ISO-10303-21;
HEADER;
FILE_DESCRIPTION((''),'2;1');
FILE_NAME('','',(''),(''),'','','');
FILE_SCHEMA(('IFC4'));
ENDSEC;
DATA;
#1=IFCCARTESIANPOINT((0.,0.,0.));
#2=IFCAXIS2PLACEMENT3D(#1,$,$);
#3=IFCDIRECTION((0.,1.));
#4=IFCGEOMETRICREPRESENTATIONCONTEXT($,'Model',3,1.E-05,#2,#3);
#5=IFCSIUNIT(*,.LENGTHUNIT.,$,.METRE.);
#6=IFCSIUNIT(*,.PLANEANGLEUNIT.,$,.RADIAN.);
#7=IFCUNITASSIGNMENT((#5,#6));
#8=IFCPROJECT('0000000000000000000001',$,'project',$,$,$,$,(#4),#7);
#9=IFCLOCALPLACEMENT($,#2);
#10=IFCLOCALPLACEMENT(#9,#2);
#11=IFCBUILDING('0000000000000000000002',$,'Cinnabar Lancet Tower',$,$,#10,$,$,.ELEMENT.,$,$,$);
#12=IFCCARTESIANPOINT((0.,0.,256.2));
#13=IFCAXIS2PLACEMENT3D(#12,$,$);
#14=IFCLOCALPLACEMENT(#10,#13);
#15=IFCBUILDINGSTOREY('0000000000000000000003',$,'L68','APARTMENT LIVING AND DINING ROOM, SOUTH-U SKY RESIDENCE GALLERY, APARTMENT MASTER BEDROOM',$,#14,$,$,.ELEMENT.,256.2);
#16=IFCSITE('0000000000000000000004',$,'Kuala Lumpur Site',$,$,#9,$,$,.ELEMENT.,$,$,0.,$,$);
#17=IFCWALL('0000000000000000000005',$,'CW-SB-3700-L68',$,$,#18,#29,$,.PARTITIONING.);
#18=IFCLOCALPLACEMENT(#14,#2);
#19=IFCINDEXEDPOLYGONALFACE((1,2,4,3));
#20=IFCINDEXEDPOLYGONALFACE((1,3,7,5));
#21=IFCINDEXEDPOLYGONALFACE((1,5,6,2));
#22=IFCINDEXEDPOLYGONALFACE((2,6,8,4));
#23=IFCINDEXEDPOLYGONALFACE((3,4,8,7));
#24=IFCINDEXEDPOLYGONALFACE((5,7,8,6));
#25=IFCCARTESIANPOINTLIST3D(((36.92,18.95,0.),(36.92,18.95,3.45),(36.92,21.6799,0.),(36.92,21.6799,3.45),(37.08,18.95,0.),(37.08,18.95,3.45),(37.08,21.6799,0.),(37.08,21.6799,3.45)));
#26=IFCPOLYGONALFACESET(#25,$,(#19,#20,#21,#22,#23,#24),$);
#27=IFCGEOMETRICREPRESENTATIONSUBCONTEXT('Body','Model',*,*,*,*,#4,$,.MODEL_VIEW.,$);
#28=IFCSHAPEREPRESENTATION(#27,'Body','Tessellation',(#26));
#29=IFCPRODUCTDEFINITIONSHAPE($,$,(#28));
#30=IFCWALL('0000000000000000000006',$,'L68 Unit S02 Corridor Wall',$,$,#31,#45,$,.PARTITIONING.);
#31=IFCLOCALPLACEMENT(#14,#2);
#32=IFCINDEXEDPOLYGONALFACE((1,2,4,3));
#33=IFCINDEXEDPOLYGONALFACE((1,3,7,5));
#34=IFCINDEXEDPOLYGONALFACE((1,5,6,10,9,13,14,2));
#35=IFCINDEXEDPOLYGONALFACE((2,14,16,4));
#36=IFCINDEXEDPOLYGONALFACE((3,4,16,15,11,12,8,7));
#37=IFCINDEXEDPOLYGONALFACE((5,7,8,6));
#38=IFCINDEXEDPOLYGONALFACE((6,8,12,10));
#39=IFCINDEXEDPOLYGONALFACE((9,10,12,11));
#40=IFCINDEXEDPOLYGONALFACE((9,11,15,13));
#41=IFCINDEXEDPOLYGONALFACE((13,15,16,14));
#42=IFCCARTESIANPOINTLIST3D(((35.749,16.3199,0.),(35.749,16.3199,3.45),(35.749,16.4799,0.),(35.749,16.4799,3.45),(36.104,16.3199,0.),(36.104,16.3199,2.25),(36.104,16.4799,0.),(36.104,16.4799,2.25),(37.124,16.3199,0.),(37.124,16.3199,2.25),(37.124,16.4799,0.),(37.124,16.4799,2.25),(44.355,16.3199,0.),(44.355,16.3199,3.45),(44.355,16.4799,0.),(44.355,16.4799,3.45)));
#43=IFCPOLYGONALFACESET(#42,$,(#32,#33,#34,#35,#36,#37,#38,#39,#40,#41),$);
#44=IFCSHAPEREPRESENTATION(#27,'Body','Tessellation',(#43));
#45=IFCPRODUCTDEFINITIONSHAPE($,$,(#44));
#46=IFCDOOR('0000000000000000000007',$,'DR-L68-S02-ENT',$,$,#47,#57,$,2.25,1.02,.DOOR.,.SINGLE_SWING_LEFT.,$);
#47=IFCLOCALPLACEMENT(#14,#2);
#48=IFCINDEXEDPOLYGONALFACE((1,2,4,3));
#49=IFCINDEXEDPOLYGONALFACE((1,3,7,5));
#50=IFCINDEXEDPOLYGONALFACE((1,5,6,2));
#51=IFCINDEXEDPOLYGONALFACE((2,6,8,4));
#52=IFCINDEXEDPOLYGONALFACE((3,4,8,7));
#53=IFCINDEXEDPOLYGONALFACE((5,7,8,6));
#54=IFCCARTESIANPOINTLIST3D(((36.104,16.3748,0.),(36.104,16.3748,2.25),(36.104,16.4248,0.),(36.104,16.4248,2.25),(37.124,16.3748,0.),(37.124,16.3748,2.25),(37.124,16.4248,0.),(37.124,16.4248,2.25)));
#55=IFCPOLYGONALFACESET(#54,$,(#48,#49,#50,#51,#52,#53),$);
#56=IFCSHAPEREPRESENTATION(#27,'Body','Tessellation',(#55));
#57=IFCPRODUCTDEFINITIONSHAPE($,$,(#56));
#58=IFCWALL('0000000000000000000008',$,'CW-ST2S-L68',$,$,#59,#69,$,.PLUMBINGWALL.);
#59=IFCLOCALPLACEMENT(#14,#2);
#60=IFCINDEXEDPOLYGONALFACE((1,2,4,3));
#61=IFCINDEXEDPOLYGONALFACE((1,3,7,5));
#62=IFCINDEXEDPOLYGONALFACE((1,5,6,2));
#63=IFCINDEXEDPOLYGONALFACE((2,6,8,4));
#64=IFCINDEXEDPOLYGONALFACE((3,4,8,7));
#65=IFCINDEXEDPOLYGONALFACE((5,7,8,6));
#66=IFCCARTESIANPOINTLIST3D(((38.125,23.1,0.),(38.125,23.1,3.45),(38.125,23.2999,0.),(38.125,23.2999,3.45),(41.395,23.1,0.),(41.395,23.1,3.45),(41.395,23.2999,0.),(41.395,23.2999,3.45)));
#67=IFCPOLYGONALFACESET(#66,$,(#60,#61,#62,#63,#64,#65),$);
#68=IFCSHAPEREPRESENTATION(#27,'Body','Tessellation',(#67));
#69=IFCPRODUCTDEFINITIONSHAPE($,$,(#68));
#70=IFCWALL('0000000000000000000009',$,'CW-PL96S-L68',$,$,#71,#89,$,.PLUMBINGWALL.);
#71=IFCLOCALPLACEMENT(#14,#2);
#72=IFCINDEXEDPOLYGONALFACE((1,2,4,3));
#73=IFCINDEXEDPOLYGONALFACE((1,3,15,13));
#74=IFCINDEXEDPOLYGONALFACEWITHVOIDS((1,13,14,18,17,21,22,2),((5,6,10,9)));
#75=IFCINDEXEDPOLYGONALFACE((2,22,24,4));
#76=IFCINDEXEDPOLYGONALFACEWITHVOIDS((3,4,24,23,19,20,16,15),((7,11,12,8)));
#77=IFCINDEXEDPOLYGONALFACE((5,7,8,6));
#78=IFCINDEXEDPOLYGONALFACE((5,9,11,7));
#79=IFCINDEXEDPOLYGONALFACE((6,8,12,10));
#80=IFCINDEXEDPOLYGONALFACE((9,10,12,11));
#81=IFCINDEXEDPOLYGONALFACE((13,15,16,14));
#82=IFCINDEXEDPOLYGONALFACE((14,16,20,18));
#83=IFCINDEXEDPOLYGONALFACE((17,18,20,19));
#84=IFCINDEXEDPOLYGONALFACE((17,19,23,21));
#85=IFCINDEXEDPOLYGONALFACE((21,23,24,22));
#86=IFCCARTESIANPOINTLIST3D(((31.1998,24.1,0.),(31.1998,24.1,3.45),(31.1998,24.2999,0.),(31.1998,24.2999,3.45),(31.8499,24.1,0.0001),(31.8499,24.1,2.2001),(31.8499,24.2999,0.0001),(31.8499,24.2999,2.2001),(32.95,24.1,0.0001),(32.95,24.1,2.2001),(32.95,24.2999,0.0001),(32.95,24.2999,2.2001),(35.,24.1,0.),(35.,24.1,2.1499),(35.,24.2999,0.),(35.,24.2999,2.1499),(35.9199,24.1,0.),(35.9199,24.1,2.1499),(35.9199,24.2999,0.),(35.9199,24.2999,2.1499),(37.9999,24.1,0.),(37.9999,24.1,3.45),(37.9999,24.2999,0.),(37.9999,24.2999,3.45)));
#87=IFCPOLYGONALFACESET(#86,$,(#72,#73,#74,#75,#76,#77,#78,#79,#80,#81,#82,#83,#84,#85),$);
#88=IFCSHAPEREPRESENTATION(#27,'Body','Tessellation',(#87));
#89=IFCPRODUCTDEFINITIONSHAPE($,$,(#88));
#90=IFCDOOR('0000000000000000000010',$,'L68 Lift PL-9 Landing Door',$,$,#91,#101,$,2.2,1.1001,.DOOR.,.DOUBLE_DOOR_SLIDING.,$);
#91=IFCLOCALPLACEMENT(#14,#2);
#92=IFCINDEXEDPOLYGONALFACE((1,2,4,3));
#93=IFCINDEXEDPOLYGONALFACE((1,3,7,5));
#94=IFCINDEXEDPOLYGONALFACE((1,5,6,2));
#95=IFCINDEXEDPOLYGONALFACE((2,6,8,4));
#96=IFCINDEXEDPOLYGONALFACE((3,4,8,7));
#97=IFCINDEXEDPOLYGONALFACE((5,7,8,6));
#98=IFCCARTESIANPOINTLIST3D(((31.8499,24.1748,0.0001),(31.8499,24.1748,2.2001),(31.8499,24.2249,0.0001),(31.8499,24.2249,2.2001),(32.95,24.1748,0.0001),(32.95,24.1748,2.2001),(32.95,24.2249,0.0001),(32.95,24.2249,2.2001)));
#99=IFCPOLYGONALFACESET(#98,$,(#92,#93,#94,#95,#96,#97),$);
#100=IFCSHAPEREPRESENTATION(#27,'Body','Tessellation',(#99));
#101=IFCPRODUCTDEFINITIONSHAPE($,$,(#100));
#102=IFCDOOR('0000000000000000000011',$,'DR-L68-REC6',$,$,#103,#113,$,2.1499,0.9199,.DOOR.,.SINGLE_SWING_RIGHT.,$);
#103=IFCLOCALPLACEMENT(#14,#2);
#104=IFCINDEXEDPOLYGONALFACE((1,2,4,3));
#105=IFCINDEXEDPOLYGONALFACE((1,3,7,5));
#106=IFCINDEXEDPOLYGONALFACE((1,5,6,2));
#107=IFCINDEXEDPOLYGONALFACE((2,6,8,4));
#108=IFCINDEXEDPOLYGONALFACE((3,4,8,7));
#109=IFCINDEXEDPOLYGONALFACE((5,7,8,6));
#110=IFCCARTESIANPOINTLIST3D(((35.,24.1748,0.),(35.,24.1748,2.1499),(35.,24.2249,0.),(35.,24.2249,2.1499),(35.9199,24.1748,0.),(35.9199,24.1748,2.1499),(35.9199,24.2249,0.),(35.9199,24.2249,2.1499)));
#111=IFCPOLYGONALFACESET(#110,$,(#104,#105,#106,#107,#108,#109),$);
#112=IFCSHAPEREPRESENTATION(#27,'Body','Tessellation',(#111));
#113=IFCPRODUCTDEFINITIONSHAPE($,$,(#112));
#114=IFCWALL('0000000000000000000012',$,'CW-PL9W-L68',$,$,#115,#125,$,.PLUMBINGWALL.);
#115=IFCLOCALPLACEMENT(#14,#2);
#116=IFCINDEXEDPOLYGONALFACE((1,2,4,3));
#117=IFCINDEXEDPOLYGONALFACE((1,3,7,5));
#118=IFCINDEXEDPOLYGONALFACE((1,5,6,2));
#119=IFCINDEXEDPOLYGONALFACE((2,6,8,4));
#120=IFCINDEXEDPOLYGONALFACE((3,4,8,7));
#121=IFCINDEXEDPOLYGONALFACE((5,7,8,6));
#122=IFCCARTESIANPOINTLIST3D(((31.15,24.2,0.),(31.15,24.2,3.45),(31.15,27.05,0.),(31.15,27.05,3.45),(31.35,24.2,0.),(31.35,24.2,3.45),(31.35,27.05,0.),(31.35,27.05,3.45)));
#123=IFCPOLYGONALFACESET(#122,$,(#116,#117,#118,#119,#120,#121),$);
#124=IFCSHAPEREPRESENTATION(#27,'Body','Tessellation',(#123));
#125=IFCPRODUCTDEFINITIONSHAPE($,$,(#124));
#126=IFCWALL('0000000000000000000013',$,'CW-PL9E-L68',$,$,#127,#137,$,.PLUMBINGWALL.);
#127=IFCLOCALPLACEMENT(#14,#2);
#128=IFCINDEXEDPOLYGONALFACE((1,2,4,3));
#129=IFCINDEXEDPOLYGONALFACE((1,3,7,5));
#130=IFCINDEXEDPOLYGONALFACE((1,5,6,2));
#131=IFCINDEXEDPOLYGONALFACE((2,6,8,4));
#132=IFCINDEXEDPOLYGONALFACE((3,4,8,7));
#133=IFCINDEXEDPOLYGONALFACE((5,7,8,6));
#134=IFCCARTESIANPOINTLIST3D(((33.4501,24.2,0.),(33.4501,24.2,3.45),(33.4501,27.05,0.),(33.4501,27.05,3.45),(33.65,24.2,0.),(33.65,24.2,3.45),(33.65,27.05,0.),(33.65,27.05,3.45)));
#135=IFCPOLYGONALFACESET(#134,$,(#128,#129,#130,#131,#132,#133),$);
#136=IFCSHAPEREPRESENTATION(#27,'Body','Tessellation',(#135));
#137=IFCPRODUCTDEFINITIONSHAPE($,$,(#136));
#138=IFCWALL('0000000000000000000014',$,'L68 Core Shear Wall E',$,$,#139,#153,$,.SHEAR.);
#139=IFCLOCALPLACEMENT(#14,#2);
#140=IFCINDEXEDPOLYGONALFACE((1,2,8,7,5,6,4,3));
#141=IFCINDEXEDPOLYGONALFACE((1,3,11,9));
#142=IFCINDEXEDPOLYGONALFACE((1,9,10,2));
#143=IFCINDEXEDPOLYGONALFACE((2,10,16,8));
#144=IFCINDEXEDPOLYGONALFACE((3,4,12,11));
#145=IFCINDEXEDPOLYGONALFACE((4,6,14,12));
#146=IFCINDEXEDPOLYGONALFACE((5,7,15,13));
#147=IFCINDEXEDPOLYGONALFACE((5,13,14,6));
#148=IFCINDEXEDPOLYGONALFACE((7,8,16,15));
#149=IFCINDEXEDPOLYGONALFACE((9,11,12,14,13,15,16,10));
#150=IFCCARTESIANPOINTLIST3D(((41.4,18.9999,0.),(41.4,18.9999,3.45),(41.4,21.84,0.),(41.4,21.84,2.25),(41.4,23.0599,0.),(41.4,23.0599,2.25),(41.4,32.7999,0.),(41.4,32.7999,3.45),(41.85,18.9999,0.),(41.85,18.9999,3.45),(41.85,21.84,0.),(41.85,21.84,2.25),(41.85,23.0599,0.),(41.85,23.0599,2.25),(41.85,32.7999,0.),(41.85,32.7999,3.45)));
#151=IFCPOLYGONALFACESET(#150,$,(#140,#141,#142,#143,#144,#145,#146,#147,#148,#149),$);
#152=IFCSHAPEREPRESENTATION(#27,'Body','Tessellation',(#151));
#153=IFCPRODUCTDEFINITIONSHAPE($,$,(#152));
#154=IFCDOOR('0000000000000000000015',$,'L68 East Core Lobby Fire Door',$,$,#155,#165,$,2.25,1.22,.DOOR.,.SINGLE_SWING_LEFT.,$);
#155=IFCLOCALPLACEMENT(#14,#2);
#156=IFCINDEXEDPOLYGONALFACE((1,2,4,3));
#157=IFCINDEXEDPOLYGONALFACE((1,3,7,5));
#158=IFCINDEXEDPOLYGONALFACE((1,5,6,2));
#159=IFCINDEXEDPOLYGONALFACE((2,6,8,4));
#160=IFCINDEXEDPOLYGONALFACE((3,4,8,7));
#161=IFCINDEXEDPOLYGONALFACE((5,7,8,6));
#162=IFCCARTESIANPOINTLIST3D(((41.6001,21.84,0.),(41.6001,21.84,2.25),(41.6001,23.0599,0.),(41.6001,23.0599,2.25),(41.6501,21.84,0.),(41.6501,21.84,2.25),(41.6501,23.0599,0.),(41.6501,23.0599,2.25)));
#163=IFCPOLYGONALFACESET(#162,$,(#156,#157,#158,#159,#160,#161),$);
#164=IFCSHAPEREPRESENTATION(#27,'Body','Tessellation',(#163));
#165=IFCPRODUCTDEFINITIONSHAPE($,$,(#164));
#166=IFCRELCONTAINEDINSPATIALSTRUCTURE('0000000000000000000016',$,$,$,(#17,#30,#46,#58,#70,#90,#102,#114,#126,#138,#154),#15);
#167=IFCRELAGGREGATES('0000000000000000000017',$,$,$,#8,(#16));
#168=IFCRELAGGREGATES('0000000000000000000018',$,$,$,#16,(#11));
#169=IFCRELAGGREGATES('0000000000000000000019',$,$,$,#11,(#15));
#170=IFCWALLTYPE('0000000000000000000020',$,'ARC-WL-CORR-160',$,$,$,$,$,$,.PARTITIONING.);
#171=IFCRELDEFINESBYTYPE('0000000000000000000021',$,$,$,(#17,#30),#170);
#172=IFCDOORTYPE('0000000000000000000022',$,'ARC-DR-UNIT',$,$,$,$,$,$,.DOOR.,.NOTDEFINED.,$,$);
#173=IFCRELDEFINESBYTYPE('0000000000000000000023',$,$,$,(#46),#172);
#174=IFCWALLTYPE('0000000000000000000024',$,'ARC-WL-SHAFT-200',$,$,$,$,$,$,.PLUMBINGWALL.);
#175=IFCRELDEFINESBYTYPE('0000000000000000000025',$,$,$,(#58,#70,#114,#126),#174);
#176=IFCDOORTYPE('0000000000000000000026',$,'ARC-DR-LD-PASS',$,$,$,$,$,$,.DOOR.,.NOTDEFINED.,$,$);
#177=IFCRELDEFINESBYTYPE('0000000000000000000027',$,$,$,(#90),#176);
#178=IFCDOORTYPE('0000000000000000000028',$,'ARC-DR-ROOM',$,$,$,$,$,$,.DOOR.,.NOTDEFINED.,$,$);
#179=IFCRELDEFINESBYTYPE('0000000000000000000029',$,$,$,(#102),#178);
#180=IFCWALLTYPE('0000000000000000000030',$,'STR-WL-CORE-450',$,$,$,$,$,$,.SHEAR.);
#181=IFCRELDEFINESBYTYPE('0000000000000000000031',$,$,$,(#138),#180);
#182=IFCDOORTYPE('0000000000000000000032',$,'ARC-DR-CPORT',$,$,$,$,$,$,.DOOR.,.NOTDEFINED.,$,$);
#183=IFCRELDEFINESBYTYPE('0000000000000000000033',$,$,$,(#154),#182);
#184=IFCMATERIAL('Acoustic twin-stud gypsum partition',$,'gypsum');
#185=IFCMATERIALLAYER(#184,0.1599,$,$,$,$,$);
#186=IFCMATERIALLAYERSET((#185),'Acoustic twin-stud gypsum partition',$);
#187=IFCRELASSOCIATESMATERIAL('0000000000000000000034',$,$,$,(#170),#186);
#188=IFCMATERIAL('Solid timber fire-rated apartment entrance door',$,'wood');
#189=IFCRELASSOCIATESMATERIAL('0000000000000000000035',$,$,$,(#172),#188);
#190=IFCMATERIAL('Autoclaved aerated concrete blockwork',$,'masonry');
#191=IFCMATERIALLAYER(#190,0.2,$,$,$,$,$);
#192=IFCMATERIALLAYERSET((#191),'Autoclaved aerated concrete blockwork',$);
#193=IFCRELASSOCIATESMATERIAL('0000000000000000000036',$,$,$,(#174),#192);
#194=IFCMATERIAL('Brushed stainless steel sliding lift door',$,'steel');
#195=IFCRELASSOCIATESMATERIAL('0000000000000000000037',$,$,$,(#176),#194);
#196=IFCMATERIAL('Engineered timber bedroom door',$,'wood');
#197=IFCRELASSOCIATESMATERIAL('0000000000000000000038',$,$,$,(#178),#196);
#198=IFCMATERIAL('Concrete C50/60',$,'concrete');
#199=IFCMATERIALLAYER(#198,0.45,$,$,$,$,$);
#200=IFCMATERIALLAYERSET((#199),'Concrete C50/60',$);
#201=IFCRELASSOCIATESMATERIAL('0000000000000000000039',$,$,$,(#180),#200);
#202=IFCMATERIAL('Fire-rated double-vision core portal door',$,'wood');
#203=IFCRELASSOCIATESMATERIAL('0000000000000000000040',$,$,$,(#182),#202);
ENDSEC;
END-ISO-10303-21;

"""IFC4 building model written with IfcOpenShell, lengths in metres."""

from ifc_helpers import new_model, si_unit, direction, frame, frame_2d, origin, place, context, subcontext, project, spatial, rectangle, extrude, material, layer, layer_set, type_object, element, fill, save


model = new_model("IFC4")

# Units and contexts
model_context = context("Model", 3, precision=1e-05, world=origin(), true_north=direction((0.0, 1.0)))
body_context = subcontext(model_context, "Body", "Model", "MODEL_VIEW")
ifc_project = project(units=[si_unit("LENGTHUNIT", "METRE"), si_unit("PLANEANGLEUNIT", "RADIAN")], contexts=[model_context])

# Site, building, storey
site_placement = place(None, origin())
site = spatial("IfcSite", under=ifc_project, at=site_placement, Name="Kuala Lumpur Site", CompositionType="ELEMENT", RefElevation=0.0)
building_placement = place(site_placement, origin())
building = spatial("IfcBuilding", under=site, at=building_placement, Name="Cinnabar Lancet Tower", CompositionType="ELEMENT")
storey_placement = place(building_placement, frame((0.0, 0.0, 256.2)))
storey = spatial("IfcBuildingStorey", under=building, at=storey_placement, Name="L68", Description="APARTMENT LIVING AND DINING ROOM, SOUTH-U SKY RESIDENCE GALLERY, APARTMENT MASTER BEDROOM", CompositionType="ELEMENT", Elevation=256.2)

# Shared definitions
ifc_material_1 = material(Name="Acoustic twin-stud gypsum partition", Category="gypsum")
ifc_layer_1 = layer(ifc_material_1, 0.1599)
ifc_layer_set_1 = layer_set([ifc_layer_1], Name="Acoustic twin-stud gypsum partition")
wall_type_1 = type_object("IfcWallType", Name="ARC-WL-CORR-160", PredefinedType="PARTITIONING", material=ifc_layer_set_1)

# Wall
for number, where, z_axis, x_axis, name in (
    (1, (37.0, 18.95, 0.0), (0.0, 0.0, 1.0), (0.0, 1.0, 0.0), "CW-SB-3700-L68"),
):
    element("IfcWall", number, at=place(storey_placement, frame(where, z_axis=z_axis, x_axis=x_axis)), inside=storey, type_object=wall_type_1, Name=name, PredefinedType="PARTITIONING", context=body_context, shape_type="SweptSolid", body=[
        extrude(rectangle(XDim=2.73, YDim=0.1599, at=frame_2d((1.365, 0.0))), origin(), (0.0, 0.0, 1.0), 3.45),
    ])

# Wall, opening, door
wall_1_placement = place(storey_placement, frame((35.749, 16.3999, 0.0), z_axis=(0.0, 0.0, 1.0), x_axis=(1.0, 0.0, 0.0)))
wall_1 = element("IfcWall", 2, at=wall_1_placement, inside=storey, type_object=wall_type_1, Name="L68 Unit S02 Corridor Wall", PredefinedType="PARTITIONING", context=body_context, shape_type="SweptSolid", body=[
    extrude(rectangle(XDim=8.606, YDim=0.1599, at=frame_2d((4.303, 0.0))), origin(), (0.0, 0.0, 1.0), 3.45),
])
opening_1_placement = place(wall_1_placement, frame((0.355, 0.0, 0.0)))
opening_1 = element("IfcOpeningElement", 3, at=opening_1_placement, cuts=wall_1, PredefinedType="OPENING", context=body_context, shape_type="SweptSolid", body=[
    extrude(rectangle(XDim=1.02, YDim=2.25, at=frame_2d((0.51, 1.125))), frame((0.0, 0.0898, 0.0), z_axis=(0.0, -1.0, 0.0), x_axis=(1.0, 0.0, 0.0)), (0.0, 0.0, 1.0), 0.1799),
])
ifc_material_2 = material(Name="Solid timber fire-rated apartment entrance door", Category="wood")
door_type_1 = type_object("IfcDoorType", Name="ARC-DR-UNIT", OperationType="NOTDEFINED", PredefinedType="DOOR", material=ifc_material_2)
door_1_placement = place(opening_1_placement, origin())
door_1 = element("IfcDoor", 4, at=door_1_placement, inside=storey, type_object=door_type_1, Name="DR-L68-S02-ENT", OperationType="SINGLE_SWING_LEFT", OverallHeight=2.25, OverallWidth=1.02, PredefinedType="DOOR", context=body_context, shape_type="SweptSolid", body=[
    extrude(rectangle(XDim=1.02, YDim=2.25, at=frame_2d((0.51, 1.125))), frame((0.0, 0.0249, 0.0), z_axis=(0.0, -1.0, 0.0), x_axis=(1.0, 0.0, 0.0)), (0.0, 0.0, 1.0), 0.05),
])
fill(opening_1, door_1)

# Wall
ifc_material_3 = material(Name="Autoclaved aerated concrete blockwork", Category="masonry")
ifc_layer_2 = layer(ifc_material_3, 0.2)
ifc_layer_set_2 = layer_set([ifc_layer_2], Name="Autoclaved aerated concrete blockwork")
wall_type_2 = type_object("IfcWallType", Name="ARC-WL-SHAFT-200", PredefinedType="PLUMBINGWALL", material=ifc_layer_set_2)
wall_2_placement = place(storey_placement, frame((38.125, 23.2, 0.0), z_axis=(0.0, 0.0, 1.0), x_axis=(1.0, 0.0, 0.0)))
element("IfcWall", 5, at=wall_2_placement, inside=storey, type_object=wall_type_2, Name="CW-ST2S-L68", PredefinedType="PLUMBINGWALL", context=body_context, shape_type="SweptSolid", body=[
    extrude(rectangle(XDim=3.27, YDim=0.2, at=frame_2d((1.635, 0.0))), origin(), (0.0, 0.0, 1.0), 3.45),
])

# Wall, openings, doors
wall_3_placement = place(storey_placement, frame((31.2, 24.2, 0.0), z_axis=(0.0, 0.0, 1.0), x_axis=(1.0, 0.0, 0.0)))
wall_3 = element("IfcWall", 6, at=wall_3_placement, inside=storey, type_object=wall_type_2, Name="CW-PL96S-L68", PredefinedType="PLUMBINGWALL", context=body_context, shape_type="SweptSolid", body=[
    extrude(rectangle(XDim=6.8, YDim=0.2, at=frame_2d((3.3999, 0.0))), origin(), (0.0, 0.0, 1.0), 3.45),
])
opening_2_placement = place(wall_3_placement, frame((0.6499, 0.0, 0.0)))
opening_2 = element("IfcOpeningElement", 7, at=opening_2_placement, cuts=wall_3, PredefinedType="OPENING", context=body_context, shape_type="SweptSolid", body=[
    extrude(rectangle(XDim=1.1001, YDim=2.2, at=frame_2d((0.55, 1.1001))), frame((0.0, 0.1099, 0.0), z_axis=(0.0, -1.0, 0.0), x_axis=(1.0, 0.0, 0.0)), (0.0, 0.0, 1.0), 0.22),
])
opening_3_placement = place(wall_3_placement, frame((3.8, 0.0, 0.0)))
opening_3 = element("IfcOpeningElement", 8, at=opening_3_placement, cuts=wall_3, PredefinedType="OPENING", context=body_context, shape_type="SweptSolid", body=[
    extrude(rectangle(XDim=0.9199, YDim=2.1499, at=frame_2d((0.46, 1.075))), frame((0.0, 0.1099, 0.0), z_axis=(0.0, -1.0, 0.0), x_axis=(1.0, 0.0, 0.0)), (0.0, 0.0, 1.0), 0.22),
])
ifc_material_4 = material(Name="Brushed stainless steel sliding lift door", Category="steel")
door_type_2 = type_object("IfcDoorType", Name="ARC-DR-LD-PASS", OperationType="NOTDEFINED", PredefinedType="DOOR", material=ifc_material_4)
door_2_placement = place(opening_2_placement, origin())
door_2 = element("IfcDoor", 9, at=door_2_placement, inside=storey, type_object=door_type_2, Name="L68 Lift PL-9 Landing Door", OperationType="DOUBLE_DOOR_SLIDING", OverallHeight=2.2, OverallWidth=1.1001, PredefinedType="DOOR", context=body_context, shape_type="SweptSolid", body=[
    extrude(rectangle(XDim=1.1001, YDim=2.2, at=frame_2d((0.55, 1.1001))), frame((0.0, 0.0249, 0.0), z_axis=(0.0, -1.0, 0.0), x_axis=(1.0, 0.0, 0.0)), (0.0, 0.0, 1.0), 0.05),
])
fill(opening_2, door_2)
ifc_material_5 = material(Name="Engineered timber bedroom door", Category="wood")
door_type_3 = type_object("IfcDoorType", Name="ARC-DR-ROOM", OperationType="NOTDEFINED", PredefinedType="DOOR", material=ifc_material_5)
door_3_placement = place(opening_3_placement, origin())
door_3 = element("IfcDoor", 10, at=door_3_placement, inside=storey, type_object=door_type_3, Name="DR-L68-REC6", OperationType="SINGLE_SWING_RIGHT", OverallHeight=2.1499, OverallWidth=0.9199, PredefinedType="DOOR", context=body_context, shape_type="SweptSolid", body=[
    extrude(rectangle(XDim=0.9199, YDim=2.1499, at=frame_2d((0.46, 1.075))), frame((0.0, 0.0249, 0.0), z_axis=(0.0, -1.0, 0.0), x_axis=(1.0, 0.0, 0.0)), (0.0, 0.0, 1.0), 0.05),
])
fill(opening_3, door_3)

# Walls
for number, where, z_axis, x_axis, name in (
    (11, (31.25, 24.2, 0.0), (0.0, 0.0, 1.0), (0.0, 1.0, 0.0), "CW-PL9W-L68"),
    (12, (33.55, 24.2, 0.0), (0.0, 0.0, 1.0), (0.0, 1.0, 0.0), "CW-PL9E-L68"),
):
    element("IfcWall", number, at=place(storey_placement, frame(where, z_axis=z_axis, x_axis=x_axis)), inside=storey, type_object=wall_type_2, Name=name, PredefinedType="PLUMBINGWALL", context=body_context, shape_type="SweptSolid", body=[
        extrude(rectangle(XDim=2.8501, YDim=0.2, at=frame_2d((1.425, 0.0))), origin(), (0.0, 0.0, 1.0), 3.45),
    ])

# Wall, opening, door
ifc_material_6 = material(Name="Concrete C50/60", Category="concrete")
ifc_layer_3 = layer(ifc_material_6, 0.45)
ifc_layer_set_3 = layer_set([ifc_layer_3], Name="Concrete C50/60")
wall_type_3 = type_object("IfcWallType", Name="STR-WL-CORE-450", PredefinedType="SHEAR", material=ifc_layer_set_3)
wall_4_placement = place(storey_placement, frame((41.625, 19.0, 0.0), z_axis=(0.0, 0.0, 1.0), x_axis=(0.0, 1.0, 0.0)))
wall_4 = element("IfcWall", 13, at=wall_4_placement, inside=storey, type_object=wall_type_3, Name="L68 Core Shear Wall E", PredefinedType="SHEAR", context=body_context, shape_type="SweptSolid", body=[
    extrude(rectangle(XDim=13.8, YDim=0.45, at=frame_2d((6.8999, 0.0))), origin(), (0.0, 0.0, 1.0), 3.45),
])
opening_4_placement = place(wall_4_placement, frame((2.8401, 0.0, 0.0)))
opening_4 = element("IfcOpeningElement", 14, at=opening_4_placement, cuts=wall_4, PredefinedType="OPENING", context=body_context, shape_type="SweptSolid", body=[
    extrude(rectangle(XDim=1.22, YDim=2.25, at=frame_2d((0.6099, 1.125))), frame((0.0, 0.2349, 0.0), z_axis=(0.0, -1.0, 0.0), x_axis=(1.0, 0.0, 0.0)), (0.0, 0.0, 1.0), 0.47),
])
ifc_material_7 = material(Name="Fire-rated double-vision core portal door", Category="wood")
door_type_4 = type_object("IfcDoorType", Name="ARC-DR-CPORT", OperationType="NOTDEFINED", PredefinedType="DOOR", material=ifc_material_7)
door_4_placement = place(opening_4_placement, origin())
door_4 = element("IfcDoor", 15, at=door_4_placement, inside=storey, type_object=door_type_4, Name="L68 East Core Lobby Fire Door", OperationType="SINGLE_SWING_LEFT", OverallHeight=2.25, OverallWidth=1.22, PredefinedType="DOOR", context=body_context, shape_type="SweptSolid", body=[
    extrude(rectangle(XDim=1.22, YDim=2.25, at=frame_2d((0.6099, 1.125))), frame((0.0, 0.0249, 0.0), z_axis=(0.0, -1.0, 0.0), x_axis=(1.0, 0.0, 0.0)), (0.0, 0.0, 1.0), 0.05),
])
fill(opening_4, door_4)

save(model, "model.ifc")
